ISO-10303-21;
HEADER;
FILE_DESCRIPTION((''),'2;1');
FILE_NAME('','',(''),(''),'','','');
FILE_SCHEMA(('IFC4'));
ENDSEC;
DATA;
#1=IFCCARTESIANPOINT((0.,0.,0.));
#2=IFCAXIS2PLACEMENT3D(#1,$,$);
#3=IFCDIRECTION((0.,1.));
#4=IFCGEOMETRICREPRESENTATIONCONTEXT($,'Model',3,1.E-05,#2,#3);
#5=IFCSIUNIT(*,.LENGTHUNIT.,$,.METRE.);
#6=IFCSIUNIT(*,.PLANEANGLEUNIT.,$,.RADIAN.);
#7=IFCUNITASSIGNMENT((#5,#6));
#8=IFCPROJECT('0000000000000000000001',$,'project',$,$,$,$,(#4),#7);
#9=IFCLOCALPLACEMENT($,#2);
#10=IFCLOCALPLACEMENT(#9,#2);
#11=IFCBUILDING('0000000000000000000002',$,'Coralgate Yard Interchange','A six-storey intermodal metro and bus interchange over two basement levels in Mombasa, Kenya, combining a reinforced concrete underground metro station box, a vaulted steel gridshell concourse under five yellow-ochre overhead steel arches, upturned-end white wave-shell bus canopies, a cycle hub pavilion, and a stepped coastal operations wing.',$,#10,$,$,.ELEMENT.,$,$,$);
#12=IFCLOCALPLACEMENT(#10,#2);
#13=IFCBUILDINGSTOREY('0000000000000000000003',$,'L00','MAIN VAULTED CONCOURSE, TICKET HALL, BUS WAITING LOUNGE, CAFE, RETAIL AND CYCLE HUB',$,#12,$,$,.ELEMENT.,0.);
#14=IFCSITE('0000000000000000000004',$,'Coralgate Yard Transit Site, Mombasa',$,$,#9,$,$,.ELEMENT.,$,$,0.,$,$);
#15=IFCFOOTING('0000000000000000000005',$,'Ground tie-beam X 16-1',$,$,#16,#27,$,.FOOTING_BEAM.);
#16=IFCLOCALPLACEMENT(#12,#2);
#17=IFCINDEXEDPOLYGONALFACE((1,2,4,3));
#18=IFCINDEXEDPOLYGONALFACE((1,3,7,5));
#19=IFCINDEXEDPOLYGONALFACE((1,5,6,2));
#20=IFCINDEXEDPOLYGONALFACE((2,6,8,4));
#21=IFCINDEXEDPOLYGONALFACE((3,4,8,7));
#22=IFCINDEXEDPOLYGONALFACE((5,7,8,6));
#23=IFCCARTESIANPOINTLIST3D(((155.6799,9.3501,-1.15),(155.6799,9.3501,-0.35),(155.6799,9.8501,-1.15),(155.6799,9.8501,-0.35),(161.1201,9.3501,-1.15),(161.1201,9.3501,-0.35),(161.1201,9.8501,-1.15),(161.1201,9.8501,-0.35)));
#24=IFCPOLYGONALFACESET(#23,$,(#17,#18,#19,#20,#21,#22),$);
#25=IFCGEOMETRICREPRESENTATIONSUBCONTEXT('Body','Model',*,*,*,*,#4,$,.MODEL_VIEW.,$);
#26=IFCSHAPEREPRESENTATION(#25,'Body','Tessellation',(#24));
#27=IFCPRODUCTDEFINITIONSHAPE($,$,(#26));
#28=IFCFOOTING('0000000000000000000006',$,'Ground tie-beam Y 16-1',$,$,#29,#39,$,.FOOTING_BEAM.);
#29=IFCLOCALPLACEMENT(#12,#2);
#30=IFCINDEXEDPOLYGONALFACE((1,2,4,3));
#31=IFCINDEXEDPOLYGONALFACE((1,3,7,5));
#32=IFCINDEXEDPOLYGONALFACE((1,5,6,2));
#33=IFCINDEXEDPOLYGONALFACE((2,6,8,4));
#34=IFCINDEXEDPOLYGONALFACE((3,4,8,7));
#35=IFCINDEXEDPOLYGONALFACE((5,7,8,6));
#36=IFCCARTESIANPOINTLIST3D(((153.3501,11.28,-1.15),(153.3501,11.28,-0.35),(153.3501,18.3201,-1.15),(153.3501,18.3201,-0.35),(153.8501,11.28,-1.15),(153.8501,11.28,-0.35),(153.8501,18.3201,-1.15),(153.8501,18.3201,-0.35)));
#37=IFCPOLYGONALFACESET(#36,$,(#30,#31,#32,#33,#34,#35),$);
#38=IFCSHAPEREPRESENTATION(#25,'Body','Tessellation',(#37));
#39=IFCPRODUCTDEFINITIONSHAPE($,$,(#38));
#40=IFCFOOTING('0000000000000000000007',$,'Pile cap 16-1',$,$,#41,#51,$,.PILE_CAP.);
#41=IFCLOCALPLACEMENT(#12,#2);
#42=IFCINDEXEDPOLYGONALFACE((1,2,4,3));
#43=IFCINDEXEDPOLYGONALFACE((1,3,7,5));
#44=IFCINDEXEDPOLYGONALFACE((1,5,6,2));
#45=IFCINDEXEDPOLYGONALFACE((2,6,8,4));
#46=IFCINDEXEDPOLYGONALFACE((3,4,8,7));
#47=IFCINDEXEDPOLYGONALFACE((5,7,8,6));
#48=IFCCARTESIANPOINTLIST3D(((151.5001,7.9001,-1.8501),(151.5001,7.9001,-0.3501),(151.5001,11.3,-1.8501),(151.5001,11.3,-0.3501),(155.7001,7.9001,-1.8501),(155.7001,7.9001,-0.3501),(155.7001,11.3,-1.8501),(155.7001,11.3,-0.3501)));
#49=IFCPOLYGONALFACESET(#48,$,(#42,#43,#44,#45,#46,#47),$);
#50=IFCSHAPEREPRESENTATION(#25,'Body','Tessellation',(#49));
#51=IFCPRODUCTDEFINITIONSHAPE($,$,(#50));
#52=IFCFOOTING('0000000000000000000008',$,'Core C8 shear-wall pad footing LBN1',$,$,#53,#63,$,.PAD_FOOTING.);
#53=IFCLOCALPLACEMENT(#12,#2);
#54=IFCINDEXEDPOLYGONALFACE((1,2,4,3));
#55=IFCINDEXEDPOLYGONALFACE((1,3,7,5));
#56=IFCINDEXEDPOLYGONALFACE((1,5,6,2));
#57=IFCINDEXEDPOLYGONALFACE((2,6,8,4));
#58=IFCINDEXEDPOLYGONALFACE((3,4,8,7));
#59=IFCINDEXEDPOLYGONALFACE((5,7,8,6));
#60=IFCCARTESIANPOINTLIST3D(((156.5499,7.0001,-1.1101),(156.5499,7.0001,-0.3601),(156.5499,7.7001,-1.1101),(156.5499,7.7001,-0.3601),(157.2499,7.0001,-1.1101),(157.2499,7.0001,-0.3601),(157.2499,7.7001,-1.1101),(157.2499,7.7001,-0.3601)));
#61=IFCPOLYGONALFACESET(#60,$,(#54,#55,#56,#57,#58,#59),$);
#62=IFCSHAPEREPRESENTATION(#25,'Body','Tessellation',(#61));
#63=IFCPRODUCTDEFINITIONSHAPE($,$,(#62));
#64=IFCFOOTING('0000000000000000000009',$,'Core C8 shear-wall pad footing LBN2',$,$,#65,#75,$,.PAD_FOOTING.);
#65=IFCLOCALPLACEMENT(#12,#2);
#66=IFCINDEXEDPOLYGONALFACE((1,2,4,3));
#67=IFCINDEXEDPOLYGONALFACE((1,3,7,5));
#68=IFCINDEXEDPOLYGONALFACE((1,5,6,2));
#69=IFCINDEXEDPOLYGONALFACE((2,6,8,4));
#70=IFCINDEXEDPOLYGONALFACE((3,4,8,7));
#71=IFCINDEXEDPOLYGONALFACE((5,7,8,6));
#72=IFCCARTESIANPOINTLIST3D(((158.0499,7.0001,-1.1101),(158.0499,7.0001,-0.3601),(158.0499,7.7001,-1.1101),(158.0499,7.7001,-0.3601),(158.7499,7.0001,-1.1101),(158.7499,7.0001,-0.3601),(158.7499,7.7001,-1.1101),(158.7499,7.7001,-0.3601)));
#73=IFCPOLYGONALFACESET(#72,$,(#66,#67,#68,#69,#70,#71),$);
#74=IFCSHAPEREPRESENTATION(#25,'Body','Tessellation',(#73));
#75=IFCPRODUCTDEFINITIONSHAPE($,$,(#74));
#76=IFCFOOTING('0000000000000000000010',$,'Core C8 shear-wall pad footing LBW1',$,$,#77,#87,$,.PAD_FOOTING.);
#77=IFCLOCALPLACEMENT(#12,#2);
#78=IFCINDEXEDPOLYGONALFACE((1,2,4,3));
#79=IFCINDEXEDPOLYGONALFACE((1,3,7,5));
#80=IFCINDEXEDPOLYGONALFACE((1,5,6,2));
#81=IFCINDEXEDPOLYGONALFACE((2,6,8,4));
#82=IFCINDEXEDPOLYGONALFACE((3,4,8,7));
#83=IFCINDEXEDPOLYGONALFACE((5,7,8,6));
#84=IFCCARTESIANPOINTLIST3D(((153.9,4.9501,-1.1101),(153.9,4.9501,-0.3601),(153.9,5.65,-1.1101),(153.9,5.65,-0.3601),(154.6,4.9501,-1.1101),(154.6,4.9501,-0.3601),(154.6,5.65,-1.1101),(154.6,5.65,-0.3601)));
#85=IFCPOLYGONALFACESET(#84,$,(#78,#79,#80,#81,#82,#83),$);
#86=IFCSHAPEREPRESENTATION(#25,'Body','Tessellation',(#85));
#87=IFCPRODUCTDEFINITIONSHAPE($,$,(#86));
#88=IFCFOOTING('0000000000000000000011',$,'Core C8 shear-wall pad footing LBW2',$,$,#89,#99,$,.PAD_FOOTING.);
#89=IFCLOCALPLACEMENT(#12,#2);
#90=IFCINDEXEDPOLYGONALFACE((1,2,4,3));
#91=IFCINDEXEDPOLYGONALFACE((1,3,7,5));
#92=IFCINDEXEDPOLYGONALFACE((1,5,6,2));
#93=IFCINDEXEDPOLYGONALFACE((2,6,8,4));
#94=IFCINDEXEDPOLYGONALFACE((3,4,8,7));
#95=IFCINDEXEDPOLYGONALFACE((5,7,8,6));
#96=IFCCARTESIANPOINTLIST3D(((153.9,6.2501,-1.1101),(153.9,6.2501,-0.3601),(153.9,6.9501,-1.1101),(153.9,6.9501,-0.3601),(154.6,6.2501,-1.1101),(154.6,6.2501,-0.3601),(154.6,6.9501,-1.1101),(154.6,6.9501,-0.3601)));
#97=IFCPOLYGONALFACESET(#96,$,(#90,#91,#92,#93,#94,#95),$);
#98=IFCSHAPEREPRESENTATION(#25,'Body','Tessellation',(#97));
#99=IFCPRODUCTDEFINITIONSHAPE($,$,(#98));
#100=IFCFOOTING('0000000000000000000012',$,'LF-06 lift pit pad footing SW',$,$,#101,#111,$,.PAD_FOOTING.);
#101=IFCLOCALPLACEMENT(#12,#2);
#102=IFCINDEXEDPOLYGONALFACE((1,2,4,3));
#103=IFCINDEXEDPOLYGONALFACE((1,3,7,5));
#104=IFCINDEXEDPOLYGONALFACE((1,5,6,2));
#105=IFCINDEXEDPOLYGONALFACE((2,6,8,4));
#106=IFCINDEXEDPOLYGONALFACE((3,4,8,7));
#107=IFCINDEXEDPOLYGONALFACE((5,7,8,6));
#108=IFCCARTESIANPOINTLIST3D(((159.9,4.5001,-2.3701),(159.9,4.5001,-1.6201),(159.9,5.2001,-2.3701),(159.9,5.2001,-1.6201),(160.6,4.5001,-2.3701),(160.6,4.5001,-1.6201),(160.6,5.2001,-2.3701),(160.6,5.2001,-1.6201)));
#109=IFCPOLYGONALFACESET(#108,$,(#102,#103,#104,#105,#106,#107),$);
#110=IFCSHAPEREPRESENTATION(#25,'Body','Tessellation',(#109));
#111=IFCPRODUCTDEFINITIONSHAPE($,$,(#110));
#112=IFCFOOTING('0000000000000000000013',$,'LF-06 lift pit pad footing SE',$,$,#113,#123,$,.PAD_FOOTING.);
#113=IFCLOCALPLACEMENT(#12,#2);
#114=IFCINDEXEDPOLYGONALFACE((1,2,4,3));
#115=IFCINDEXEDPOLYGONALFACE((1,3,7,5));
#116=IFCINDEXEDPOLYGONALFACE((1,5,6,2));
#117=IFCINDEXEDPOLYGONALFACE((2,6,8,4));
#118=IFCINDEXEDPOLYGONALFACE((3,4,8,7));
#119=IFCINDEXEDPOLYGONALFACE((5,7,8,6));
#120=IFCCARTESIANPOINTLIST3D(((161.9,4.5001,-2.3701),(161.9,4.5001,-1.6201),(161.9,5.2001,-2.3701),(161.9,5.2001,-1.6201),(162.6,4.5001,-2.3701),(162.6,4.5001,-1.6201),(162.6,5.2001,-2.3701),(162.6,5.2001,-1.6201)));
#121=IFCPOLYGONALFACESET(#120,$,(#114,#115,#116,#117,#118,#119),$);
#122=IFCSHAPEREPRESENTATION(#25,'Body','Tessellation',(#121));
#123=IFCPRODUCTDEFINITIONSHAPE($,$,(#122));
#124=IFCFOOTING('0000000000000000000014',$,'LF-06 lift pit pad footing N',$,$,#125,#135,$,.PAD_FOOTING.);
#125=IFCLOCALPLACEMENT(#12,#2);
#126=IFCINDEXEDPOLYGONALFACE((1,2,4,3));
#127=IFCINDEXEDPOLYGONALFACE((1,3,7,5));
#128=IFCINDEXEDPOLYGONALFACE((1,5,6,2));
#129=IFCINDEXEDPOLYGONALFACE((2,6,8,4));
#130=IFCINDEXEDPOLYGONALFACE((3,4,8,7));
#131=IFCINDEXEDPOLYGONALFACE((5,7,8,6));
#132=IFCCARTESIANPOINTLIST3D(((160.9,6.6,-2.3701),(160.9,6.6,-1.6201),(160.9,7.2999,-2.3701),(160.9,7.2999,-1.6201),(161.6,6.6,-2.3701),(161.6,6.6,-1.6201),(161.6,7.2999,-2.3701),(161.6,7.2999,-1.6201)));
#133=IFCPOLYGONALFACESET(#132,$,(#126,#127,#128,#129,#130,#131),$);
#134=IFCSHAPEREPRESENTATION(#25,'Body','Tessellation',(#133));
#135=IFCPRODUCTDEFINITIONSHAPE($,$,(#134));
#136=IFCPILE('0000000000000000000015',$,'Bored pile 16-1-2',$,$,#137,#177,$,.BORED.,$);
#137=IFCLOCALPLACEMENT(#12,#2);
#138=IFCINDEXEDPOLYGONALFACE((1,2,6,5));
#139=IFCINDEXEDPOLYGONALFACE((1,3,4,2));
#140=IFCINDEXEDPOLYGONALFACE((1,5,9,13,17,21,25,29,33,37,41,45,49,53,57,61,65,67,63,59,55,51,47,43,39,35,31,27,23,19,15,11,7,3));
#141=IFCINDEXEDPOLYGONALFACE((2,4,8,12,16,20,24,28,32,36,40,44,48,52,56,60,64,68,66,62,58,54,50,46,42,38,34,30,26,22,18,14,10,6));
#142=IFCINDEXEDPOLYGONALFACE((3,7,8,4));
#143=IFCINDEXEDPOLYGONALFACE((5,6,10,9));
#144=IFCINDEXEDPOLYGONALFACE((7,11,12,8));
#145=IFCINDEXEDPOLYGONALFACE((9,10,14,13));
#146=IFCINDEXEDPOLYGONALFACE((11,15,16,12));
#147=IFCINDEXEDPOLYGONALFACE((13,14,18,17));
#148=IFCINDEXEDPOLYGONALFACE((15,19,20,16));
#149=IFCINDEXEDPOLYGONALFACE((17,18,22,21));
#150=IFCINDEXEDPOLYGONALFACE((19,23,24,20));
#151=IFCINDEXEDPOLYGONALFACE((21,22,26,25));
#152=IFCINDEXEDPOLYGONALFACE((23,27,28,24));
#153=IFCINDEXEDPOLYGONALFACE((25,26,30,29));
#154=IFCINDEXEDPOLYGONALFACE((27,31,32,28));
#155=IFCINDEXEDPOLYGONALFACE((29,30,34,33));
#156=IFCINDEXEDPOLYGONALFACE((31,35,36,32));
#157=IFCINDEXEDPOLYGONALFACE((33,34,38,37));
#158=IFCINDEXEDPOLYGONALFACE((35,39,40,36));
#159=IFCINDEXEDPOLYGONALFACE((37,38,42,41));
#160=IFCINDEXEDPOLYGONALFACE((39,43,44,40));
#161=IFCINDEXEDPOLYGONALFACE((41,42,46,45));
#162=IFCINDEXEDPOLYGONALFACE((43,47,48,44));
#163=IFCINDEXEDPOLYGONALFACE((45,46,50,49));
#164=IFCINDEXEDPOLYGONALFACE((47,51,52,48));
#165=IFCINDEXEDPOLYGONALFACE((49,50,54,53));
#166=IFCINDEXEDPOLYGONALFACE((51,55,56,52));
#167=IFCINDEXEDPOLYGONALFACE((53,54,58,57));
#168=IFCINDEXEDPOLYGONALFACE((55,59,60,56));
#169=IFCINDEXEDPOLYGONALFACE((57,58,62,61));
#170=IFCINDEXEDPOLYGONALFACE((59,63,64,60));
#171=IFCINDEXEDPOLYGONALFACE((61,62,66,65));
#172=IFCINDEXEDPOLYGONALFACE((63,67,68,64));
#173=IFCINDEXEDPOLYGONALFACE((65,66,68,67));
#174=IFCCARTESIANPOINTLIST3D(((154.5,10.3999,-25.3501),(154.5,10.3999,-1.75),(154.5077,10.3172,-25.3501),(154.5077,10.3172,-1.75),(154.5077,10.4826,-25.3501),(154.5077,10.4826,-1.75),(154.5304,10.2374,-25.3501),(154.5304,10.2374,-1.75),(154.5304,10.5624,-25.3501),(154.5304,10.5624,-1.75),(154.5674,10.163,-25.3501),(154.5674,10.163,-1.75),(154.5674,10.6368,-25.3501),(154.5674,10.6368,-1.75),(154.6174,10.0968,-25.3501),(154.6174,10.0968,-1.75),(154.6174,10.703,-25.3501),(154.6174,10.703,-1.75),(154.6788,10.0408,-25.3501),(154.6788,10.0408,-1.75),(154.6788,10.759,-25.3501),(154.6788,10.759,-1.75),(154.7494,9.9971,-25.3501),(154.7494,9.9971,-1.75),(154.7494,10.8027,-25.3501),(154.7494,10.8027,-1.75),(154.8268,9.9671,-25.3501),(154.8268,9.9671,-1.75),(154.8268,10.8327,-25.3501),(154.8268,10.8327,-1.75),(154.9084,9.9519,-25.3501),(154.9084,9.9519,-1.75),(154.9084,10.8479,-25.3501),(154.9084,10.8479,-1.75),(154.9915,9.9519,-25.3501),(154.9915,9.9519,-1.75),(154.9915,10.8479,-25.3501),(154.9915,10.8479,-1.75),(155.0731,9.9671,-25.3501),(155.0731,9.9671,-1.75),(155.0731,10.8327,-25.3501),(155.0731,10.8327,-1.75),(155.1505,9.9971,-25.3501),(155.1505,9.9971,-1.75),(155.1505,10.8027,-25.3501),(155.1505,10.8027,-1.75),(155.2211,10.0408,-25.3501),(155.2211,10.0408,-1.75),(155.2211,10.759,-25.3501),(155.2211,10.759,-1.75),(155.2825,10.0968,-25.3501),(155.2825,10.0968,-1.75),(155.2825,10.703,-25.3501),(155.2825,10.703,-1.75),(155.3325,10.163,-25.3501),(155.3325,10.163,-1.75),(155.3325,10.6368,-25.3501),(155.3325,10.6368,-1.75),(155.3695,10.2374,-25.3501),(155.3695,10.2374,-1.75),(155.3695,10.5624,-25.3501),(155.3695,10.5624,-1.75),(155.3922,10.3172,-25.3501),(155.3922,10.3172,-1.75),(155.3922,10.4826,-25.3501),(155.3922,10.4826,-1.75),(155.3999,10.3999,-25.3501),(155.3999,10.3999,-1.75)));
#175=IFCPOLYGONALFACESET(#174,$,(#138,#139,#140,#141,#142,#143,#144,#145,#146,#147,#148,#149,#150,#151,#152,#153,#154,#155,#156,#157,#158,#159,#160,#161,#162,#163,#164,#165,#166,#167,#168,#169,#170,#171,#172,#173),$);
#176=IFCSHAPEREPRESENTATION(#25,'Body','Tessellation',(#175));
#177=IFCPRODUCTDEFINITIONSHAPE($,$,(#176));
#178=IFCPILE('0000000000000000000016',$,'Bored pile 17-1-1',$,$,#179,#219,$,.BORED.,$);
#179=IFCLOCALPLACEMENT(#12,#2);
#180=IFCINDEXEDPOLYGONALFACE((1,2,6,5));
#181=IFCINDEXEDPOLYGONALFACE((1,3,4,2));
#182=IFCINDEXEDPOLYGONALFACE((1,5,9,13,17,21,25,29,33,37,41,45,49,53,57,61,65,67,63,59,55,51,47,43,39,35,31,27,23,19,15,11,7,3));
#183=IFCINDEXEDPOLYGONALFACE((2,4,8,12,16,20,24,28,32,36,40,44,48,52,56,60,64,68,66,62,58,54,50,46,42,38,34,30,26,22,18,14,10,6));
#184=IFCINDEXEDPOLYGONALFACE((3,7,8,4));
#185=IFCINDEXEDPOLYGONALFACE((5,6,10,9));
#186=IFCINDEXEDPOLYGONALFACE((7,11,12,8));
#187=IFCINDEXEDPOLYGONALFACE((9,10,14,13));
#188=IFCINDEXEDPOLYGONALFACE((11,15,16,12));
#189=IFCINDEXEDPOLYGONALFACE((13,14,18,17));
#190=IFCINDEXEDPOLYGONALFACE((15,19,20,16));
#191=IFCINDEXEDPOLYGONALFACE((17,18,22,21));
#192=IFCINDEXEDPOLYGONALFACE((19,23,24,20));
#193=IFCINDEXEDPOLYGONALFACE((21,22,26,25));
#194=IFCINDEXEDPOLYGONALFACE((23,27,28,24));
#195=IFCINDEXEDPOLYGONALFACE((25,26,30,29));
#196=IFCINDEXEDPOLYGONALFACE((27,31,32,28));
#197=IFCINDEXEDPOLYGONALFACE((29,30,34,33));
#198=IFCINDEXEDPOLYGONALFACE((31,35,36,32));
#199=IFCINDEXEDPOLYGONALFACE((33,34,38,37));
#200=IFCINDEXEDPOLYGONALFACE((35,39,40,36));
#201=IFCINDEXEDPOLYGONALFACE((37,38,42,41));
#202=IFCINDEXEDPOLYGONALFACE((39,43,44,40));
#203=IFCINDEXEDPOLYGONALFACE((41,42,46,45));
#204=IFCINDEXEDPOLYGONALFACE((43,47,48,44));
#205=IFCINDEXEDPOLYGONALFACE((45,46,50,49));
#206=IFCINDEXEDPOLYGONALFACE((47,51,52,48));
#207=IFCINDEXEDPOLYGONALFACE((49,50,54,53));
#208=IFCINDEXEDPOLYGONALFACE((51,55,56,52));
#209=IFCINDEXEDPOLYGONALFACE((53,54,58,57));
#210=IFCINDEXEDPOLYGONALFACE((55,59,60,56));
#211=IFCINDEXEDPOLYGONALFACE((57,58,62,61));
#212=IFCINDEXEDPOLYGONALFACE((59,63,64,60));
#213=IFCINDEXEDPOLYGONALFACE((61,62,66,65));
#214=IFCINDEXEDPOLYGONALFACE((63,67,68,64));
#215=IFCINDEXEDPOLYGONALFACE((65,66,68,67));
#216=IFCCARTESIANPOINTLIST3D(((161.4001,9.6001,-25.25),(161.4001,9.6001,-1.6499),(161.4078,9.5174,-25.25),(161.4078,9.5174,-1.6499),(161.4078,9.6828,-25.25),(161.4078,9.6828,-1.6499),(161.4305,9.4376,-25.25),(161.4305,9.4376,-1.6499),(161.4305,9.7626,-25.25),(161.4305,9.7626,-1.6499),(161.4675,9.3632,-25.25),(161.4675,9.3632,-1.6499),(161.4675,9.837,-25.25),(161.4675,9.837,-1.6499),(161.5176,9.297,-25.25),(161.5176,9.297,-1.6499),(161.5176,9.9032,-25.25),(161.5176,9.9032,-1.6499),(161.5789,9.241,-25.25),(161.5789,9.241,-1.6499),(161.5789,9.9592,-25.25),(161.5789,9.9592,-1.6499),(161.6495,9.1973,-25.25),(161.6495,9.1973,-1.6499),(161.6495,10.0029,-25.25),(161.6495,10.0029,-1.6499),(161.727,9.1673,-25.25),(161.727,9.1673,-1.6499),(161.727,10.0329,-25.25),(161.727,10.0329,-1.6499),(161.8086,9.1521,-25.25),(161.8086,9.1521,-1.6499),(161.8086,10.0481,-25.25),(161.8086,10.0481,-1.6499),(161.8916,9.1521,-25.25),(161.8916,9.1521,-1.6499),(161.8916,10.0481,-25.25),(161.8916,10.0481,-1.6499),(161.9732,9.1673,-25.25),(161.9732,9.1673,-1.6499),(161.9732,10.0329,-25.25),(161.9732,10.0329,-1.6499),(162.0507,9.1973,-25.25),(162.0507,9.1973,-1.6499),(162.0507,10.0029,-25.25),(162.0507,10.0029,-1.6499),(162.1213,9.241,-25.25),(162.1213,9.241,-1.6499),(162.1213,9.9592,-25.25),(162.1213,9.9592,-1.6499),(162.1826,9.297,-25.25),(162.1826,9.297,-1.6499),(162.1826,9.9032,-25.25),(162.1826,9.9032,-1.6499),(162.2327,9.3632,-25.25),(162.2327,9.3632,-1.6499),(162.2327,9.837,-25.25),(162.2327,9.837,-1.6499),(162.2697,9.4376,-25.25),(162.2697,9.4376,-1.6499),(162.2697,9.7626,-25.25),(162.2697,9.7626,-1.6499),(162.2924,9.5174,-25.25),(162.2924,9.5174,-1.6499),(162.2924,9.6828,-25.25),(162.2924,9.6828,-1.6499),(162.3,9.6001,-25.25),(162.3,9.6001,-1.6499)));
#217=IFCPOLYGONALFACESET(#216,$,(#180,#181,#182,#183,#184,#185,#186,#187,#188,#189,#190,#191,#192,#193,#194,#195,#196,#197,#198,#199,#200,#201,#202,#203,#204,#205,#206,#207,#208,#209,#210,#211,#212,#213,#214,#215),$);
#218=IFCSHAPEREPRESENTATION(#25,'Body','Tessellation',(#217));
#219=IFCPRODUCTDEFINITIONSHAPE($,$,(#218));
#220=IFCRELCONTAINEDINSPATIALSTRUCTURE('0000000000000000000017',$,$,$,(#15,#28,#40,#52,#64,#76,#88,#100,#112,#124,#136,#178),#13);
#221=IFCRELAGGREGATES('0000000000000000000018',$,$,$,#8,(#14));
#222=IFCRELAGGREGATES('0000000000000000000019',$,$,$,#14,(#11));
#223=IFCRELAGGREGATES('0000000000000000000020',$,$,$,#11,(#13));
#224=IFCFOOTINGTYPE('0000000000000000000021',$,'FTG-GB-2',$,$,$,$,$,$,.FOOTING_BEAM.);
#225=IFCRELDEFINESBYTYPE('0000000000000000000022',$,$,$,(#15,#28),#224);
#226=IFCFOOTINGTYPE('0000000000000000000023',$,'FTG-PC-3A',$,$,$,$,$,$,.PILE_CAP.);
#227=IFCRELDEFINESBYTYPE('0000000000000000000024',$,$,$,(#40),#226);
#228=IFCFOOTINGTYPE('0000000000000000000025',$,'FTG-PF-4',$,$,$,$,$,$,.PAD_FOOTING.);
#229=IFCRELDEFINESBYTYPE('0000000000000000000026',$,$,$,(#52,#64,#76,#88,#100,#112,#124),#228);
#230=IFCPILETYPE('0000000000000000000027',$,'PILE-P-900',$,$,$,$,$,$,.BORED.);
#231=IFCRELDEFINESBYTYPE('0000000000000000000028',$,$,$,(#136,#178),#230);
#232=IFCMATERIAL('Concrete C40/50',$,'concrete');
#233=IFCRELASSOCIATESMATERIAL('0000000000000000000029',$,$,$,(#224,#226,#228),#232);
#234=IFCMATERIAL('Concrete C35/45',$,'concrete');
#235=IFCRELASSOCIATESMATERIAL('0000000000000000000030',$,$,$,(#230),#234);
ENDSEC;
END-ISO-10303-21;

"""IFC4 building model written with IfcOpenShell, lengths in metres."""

from ifc_helpers import new_model, si_unit, direction, frame, origin, origin_2d, place, context, subcontext, project, spatial, rectangle, circle, extrude, material, material_profile, profile_set, type_object, element, save


model = new_model("IFC4")

# Units and contexts
model_context = context("Model", 3, precision=1e-05, world=origin(), true_north=direction((0.0, 1.0)))
body_context = subcontext(model_context, "Body", "Model", "MODEL_VIEW")
ifc_project = project(units=[si_unit("LENGTHUNIT", "METRE"), si_unit("PLANEANGLEUNIT", "RADIAN")], contexts=[model_context])

# Site, building, storey
site_placement = place(None, origin())
site = spatial("IfcSite", under=ifc_project, at=site_placement, Name="Coralgate Yard Transit Site, Mombasa", CompositionType="ELEMENT", RefElevation=0.0)
building_placement = place(site_placement, origin())
building = spatial("IfcBuilding", under=site, at=building_placement, Name="Coralgate Yard Interchange", Description="A six-storey intermodal metro and bus interchange over two basement levels in Mombasa, Kenya, combining a reinforced concrete underground metro station box, a vaulted steel gridshell concourse under five yellow-ochre overhead steel arches, upturned-end white wave-shell bus canopies, a cycle hub pavilion, and a stepped coastal operations wing.", CompositionType="ELEMENT")
storey_placement = place(building_placement, origin())
storey = spatial("IfcBuildingStorey", under=building, at=storey_placement, Name="L00", Description="MAIN VAULTED CONCOURSE, TICKET HALL, BUS WAITING LOUNGE, CAFE, RETAIL AND CYCLE HUB", CompositionType="ELEMENT", Elevation=0.0)

# Footings
ifc_material_1 = material(Name="Concrete C40/50", Category="concrete")
ifc_material_profile_1 = material_profile(ifc_material_1, rectangle(XDim=0.5, YDim=0.8, at=origin_2d()), Name="RC 500x800")
ifc_profile_set_1 = profile_set([ifc_material_profile_1], Name="Concrete C40/50")
footing_type_1 = type_object("IfcFootingType", Name="FTG-GB-2", PredefinedType="FOOTING_BEAM", material=ifc_profile_set_1)
footing_1_placement = place(storey_placement, frame((155.6799, 9.6001, -0.75), z_axis=(1.0, 0.0, 0.0), x_axis=(0.0, 1.0, 0.0)))
element("IfcFooting", 1, at=footing_1_placement, inside=storey, type_object=footing_type_1, Name="Ground tie-beam X 16-1", PredefinedType="FOOTING_BEAM", context=body_context, shape_type="SweptSolid", body=[
    extrude(rectangle(XDim=0.5, YDim=0.8, at=origin_2d()), origin(), (0.0, 0.0, 1.0), 5.4402),
])
footing_2_placement = place(storey_placement, frame((153.6001, 11.28, -0.75), z_axis=(0.0, 1.0, 0.0), x_axis=(-1.0, 0.0, 0.0)))
element("IfcFooting", 2, at=footing_2_placement, inside=storey, type_object=footing_type_1, Name="Ground tie-beam Y 16-1", PredefinedType="FOOTING_BEAM", context=body_context, shape_type="SweptSolid", body=[
    extrude(rectangle(XDim=0.5, YDim=0.8, at=origin_2d()), origin(), (0.0, 0.0, 1.0), 7.04),
])
footing_type_2 = type_object("IfcFootingType", Name="FTG-PC-3A", PredefinedType="PILE_CAP", material=ifc_material_1)
footing_3_placement = place(storey_placement, frame((153.6001, 9.6001, -1.8501), z_axis=(0.0, 0.0, 1.0), x_axis=(1.0, 0.0, 0.0)))
element("IfcFooting", 3, at=footing_3_placement, inside=storey, type_object=footing_type_2, Name="Pile cap 16-1", PredefinedType="PILE_CAP", context=body_context, shape_type="SweptSolid", body=[
    extrude(rectangle(XDim=4.2, YDim=3.3999, at=origin_2d()), origin(), (0.0, 0.0, 1.0), 1.5),
])
footing_type_3 = type_object("IfcFootingType", Name="FTG-PF-4", PredefinedType="PAD_FOOTING", material=ifc_material_1)
for number, where, z_axis, x_axis, name in (
    (4, (156.8999, 7.3501, -1.1101), (0.0, 0.0, 1.0), (1.0, 0.0, 0.0), "Core C8 shear-wall pad footing LBN1"),
    (5, (158.3999, 7.3501, -1.1101), (0.0, 0.0, 1.0), (1.0, 0.0, 0.0), "Core C8 shear-wall pad footing LBN2"),
    (6, (154.25, 5.3, -1.1101), (0.0, 0.0, 1.0), (1.0, 0.0, 0.0), "Core C8 shear-wall pad footing LBW1"),
    (7, (154.25, 6.6001, -1.1101), (0.0, 0.0, 1.0), (1.0, 0.0, 0.0), "Core C8 shear-wall pad footing LBW2"),
    (8, (160.25, 4.8501, -2.3701), (0.0, 0.0, 1.0), (1.0, 0.0, 0.0), "LF-06 lift pit pad footing SW"),
    (9, (162.25, 4.8501, -2.3701), (0.0, 0.0, 1.0), (1.0, 0.0, 0.0), "LF-06 lift pit pad footing SE"),
    (10, (161.25, 6.95, -2.3701), (0.0, 0.0, 1.0), (1.0, 0.0, 0.0), "LF-06 lift pit pad footing N"),
):
    element("IfcFooting", number, at=place(storey_placement, frame(where, z_axis=z_axis, x_axis=x_axis)), inside=storey, type_object=footing_type_3, Name=name, PredefinedType="PAD_FOOTING", context=body_context, shape_type="SweptSolid", body=[
        extrude(rectangle(XDim=0.7, YDim=0.7, at=origin_2d()), origin(), (0.0, 0.0, 1.0), 0.75),
    ])

# Piles
ifc_material_2 = material(Name="Concrete C35/45", Category="concrete")
ifc_material_profile_2 = material_profile(ifc_material_2, circle(Radius=0.45, at=origin_2d()), Name="BORED PILE D900")
ifc_profile_set_2 = profile_set([ifc_material_profile_2], Name="Concrete C35/45")
pile_type = type_object("IfcPileType", Name="PILE-P-900", PredefinedType="BORED", material=ifc_profile_set_2)
for number, where, z_axis, x_axis, name in (
    (11, (154.95, 10.3999, -1.75), (0.0, 0.0, -1.0), (1.0, 0.0, 0.0), "Bored pile 16-1-2"),
    (12, (161.8501, 9.6001, -1.6499), (0.0, 0.0, -1.0), (1.0, 0.0, 0.0), "Bored pile 17-1-1"),
):
    element("IfcPile", number, at=place(storey_placement, frame(where, z_axis=z_axis, x_axis=x_axis)), inside=storey, type_object=pile_type, Name=name, PredefinedType="BORED", context=body_context, shape_type="SweptSolid", body=[
        extrude(circle(Radius=0.45, at=origin_2d()), origin(), (0.0, 0.0, 1.0), 23.6001),
    ])

save(model, "model.ifc")
